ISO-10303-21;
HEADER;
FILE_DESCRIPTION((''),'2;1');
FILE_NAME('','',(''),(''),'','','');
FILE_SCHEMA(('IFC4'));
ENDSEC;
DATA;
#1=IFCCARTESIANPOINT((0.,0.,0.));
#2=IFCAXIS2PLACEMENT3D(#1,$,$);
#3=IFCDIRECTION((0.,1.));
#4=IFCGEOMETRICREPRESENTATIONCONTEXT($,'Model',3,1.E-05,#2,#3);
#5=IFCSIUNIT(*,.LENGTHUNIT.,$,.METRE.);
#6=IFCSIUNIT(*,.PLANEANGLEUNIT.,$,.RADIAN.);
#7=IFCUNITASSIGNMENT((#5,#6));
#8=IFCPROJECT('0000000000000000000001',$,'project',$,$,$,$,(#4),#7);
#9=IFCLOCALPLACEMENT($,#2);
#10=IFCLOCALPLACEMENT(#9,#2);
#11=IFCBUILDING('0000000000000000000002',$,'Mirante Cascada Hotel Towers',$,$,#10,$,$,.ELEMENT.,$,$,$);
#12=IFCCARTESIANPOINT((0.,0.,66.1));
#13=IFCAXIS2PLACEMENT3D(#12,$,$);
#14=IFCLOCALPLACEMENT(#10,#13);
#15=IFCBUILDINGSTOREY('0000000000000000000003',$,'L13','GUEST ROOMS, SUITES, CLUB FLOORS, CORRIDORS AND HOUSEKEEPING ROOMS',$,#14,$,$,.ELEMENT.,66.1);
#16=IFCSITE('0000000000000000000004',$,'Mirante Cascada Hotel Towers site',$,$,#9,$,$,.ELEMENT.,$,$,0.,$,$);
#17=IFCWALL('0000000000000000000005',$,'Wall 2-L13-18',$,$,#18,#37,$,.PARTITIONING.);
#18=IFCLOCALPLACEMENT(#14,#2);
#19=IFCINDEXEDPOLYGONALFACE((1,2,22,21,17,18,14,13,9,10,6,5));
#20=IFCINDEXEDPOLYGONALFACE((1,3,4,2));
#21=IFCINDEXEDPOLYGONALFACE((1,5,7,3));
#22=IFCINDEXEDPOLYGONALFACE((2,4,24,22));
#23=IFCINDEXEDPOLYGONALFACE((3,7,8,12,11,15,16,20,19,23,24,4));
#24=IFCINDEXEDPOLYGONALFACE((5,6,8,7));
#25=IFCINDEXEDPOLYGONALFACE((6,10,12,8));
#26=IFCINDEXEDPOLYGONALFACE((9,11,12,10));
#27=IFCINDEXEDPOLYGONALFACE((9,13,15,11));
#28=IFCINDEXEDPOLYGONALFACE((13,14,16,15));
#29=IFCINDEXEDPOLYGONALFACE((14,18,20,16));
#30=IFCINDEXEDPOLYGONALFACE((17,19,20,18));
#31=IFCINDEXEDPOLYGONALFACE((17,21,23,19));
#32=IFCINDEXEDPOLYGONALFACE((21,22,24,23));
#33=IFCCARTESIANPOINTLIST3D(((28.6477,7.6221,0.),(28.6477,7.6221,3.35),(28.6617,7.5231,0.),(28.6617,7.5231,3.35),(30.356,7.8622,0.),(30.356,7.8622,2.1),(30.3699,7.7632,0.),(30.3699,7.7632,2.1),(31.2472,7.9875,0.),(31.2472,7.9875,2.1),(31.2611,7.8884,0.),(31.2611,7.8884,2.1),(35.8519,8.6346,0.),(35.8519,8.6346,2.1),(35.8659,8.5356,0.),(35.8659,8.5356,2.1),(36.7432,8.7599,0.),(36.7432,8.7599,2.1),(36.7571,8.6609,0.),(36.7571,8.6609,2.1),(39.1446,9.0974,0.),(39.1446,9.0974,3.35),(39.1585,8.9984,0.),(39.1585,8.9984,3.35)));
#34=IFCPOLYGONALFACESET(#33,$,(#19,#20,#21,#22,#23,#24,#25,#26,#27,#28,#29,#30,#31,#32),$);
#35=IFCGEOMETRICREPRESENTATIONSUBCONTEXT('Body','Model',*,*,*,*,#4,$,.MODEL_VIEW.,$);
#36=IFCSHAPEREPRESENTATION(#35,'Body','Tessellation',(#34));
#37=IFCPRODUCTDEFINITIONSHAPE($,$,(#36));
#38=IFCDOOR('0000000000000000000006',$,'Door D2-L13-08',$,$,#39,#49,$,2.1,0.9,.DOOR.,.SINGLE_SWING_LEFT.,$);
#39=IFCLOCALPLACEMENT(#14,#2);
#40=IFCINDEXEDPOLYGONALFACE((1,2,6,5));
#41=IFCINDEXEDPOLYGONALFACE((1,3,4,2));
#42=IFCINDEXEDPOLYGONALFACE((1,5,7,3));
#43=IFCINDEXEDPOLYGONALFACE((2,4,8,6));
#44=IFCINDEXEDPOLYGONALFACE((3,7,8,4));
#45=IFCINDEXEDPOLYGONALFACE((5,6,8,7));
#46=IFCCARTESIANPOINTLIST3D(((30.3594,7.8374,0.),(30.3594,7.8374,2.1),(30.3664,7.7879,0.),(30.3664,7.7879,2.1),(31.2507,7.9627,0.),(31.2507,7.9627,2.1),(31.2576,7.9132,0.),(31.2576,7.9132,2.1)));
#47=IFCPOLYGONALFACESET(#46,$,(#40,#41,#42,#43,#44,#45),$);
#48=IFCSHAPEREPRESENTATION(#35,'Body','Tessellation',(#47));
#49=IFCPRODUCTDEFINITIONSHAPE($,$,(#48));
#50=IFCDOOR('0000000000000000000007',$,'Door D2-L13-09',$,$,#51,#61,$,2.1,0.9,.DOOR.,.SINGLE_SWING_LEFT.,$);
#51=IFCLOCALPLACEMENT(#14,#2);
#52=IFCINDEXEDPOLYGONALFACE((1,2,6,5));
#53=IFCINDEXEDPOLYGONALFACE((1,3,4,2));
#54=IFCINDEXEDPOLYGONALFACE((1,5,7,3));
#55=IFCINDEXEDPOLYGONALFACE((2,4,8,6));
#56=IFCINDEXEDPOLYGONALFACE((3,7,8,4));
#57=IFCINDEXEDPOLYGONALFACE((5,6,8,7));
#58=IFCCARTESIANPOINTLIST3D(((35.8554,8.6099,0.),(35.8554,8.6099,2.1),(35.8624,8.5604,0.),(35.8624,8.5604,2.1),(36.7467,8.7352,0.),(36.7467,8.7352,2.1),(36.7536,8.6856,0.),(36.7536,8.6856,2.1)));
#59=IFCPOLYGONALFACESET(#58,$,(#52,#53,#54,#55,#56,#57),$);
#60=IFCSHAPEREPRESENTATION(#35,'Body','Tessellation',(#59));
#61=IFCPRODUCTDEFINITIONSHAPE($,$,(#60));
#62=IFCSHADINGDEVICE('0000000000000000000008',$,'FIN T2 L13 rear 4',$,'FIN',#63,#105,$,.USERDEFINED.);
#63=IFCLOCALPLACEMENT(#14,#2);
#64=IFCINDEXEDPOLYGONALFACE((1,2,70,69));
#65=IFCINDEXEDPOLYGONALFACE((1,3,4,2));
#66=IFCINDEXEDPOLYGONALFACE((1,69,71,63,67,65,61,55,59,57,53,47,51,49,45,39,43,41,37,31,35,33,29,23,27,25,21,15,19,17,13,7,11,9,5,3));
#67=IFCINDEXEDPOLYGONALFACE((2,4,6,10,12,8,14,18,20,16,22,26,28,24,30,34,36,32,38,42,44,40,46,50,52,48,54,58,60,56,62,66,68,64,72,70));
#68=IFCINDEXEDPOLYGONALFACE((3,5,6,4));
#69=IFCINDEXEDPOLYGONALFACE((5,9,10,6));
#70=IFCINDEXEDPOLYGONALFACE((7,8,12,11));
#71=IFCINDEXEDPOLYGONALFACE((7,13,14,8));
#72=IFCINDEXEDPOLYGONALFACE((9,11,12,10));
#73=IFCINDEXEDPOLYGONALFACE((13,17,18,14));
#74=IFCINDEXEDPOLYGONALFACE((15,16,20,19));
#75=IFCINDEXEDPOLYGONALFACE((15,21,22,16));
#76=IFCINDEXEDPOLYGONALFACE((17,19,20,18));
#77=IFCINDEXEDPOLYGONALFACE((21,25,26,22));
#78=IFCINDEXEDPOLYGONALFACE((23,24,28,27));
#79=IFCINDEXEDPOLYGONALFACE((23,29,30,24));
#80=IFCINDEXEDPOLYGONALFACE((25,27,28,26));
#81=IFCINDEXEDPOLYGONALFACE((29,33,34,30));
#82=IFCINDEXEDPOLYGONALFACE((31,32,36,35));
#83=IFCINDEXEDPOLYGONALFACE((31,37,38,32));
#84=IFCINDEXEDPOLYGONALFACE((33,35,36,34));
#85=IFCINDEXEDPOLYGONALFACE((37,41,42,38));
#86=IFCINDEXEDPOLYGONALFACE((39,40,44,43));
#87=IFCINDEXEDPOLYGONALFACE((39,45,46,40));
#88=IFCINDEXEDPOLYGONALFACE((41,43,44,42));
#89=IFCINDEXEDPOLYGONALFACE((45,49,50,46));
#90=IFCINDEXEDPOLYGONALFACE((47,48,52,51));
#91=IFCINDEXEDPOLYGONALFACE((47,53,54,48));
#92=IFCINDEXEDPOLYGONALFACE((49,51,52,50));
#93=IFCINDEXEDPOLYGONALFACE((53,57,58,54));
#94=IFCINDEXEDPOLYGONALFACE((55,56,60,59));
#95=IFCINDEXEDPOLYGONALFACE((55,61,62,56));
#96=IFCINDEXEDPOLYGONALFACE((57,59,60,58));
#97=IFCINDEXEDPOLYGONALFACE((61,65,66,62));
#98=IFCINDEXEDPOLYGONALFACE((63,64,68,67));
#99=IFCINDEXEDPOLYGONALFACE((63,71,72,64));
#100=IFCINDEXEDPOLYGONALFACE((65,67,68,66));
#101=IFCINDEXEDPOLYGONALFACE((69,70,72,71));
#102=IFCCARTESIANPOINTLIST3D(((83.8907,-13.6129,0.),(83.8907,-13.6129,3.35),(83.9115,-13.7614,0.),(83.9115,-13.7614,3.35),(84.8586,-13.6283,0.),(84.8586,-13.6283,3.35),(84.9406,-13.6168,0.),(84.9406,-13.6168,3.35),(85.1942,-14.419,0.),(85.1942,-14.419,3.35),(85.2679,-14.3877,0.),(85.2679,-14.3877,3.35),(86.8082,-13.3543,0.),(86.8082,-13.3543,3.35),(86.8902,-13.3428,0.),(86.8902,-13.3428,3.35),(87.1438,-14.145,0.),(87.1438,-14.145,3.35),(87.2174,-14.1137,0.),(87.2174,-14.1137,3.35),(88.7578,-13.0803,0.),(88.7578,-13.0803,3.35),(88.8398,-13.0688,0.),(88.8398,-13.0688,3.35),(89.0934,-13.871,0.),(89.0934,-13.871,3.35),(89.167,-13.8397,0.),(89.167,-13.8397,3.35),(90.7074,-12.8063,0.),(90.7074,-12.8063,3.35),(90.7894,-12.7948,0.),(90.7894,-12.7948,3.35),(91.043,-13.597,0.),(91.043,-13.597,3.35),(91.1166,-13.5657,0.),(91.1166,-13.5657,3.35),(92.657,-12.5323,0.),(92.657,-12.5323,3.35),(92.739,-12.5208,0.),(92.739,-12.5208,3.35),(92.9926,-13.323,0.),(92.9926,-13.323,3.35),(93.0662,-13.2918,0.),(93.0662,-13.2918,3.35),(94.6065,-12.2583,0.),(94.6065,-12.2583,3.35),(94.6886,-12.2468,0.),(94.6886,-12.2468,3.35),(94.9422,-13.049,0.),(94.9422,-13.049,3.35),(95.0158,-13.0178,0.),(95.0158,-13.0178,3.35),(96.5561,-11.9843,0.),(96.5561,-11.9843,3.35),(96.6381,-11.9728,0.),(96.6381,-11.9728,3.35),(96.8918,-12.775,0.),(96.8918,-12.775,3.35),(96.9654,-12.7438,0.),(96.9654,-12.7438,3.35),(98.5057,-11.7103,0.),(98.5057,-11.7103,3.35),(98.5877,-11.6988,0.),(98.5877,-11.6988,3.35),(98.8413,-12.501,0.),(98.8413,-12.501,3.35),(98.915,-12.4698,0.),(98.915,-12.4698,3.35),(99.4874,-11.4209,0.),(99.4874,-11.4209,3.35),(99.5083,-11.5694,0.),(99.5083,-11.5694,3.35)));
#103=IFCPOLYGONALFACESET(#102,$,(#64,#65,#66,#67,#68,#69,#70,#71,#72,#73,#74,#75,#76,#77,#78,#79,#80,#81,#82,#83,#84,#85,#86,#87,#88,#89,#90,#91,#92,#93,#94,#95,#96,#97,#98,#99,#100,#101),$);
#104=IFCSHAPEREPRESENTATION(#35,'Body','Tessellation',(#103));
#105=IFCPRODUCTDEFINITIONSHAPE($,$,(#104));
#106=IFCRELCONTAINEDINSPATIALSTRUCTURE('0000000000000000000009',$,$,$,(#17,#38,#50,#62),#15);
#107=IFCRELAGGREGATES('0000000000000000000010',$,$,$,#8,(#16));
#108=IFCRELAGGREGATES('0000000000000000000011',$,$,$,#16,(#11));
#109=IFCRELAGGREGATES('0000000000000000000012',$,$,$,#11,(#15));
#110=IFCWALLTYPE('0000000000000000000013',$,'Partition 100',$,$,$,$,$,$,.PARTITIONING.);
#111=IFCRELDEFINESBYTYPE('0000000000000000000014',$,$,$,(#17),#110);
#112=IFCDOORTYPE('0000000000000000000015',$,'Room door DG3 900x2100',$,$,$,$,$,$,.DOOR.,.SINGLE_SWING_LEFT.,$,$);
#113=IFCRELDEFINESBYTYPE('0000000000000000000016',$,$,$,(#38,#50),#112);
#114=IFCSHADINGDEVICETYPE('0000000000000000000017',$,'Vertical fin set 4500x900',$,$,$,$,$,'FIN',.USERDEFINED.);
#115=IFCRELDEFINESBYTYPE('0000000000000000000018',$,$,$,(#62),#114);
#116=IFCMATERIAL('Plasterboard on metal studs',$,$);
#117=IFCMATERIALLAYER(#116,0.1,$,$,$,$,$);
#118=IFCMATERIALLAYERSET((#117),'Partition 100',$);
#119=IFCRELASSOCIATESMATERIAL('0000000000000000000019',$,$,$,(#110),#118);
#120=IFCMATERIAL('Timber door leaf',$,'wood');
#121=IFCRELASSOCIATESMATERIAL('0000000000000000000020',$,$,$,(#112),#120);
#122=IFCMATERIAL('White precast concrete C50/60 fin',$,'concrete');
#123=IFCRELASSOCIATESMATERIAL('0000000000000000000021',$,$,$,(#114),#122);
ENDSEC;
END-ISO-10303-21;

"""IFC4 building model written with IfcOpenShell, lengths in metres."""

from ifc_helpers import new_model, si_unit, direction, frame, frame_2d, origin, place, context, subcontext, project, spatial, polyline, rectangle, outline, extrude, material, layer, layer_set, type_object, element, fill, save


model = new_model("IFC4")

# Units and contexts
model_context = context("Model", 3, precision=1e-05, world=origin(), true_north=direction((0.0, 1.0)))
body_context = subcontext(model_context, "Body", "Model", "MODEL_VIEW")
ifc_project = project(units=[si_unit("LENGTHUNIT", "METRE"), si_unit("PLANEANGLEUNIT", "RADIAN")], contexts=[model_context])

# Site, building, storey
site_placement = place(None, origin())
site = spatial("IfcSite", under=ifc_project, at=site_placement, Name="Mirante Cascada Hotel Towers site", CompositionType="ELEMENT", RefElevation=0.0)
building_placement = place(site_placement, origin())
building = spatial("IfcBuilding", under=site, at=building_placement, Name="Mirante Cascada Hotel Towers", CompositionType="ELEMENT")
storey_placement = place(building_placement, frame((0.0, 0.0, 66.1)))
storey = spatial("IfcBuildingStorey", under=building, at=storey_placement, Name="L13", Description="GUEST ROOMS, SUITES, CLUB FLOORS, CORRIDORS AND HOUSEKEEPING ROOMS", CompositionType="ELEMENT", Elevation=66.1)

# Wall, openings, doors
ifc_material_1 = material(Name="Plasterboard on metal studs")
ifc_layer_1 = layer(ifc_material_1, 0.1)
ifc_layer_set_1 = layer_set([ifc_layer_1], Name="Partition 100")
wall_type = type_object("IfcWallType", Name="Partition 100", PredefinedType="PARTITIONING", material=ifc_layer_set_1)
wall_placement = place(storey_placement, frame((28.6547, 7.5726, 0.0), z_axis=(0.0, 0.0, 1.0), x_axis=(0.990267, 0.13918, 0.0)))
wall = element("IfcWall", 1, at=wall_placement, inside=storey, type_object=wall_type, Name="Wall 2-L13-18", PredefinedType="PARTITIONING", context=body_context, shape_type="SweptSolid", body=[
    extrude(rectangle(XDim=10.6, YDim=0.1, at=frame_2d((5.3, 0.0))), origin(), (0.0, 0.0, 1.0), 3.35),
])
opening_1_placement = place(wall_placement, frame((1.725, 0.0, 0.0)))
opening_1 = element("IfcOpeningElement", 2, at=opening_1_placement, cuts=wall, PredefinedType="OPENING", context=body_context, shape_type="SweptSolid", body=[
    extrude(rectangle(XDim=0.9, YDim=2.1, at=frame_2d((0.45, 1.05))), frame((0.0, 0.05, 0.0), z_axis=(0.0, -1.0, 0.0), x_axis=(1.0, 0.0, 0.0)), (0.0, 0.0, 1.0), 0.1),
])
opening_2_placement = place(wall_placement, frame((7.275, 0.0, 0.0)))
opening_2 = element("IfcOpeningElement", 3, at=opening_2_placement, cuts=wall, PredefinedType="OPENING", context=body_context, shape_type="SweptSolid", body=[
    extrude(rectangle(XDim=0.9, YDim=2.1, at=frame_2d((0.45, 1.05))), frame((0.0, 0.05, 0.0), z_axis=(0.0, -1.0, 0.0), x_axis=(1.0, 0.0, 0.0)), (0.0, 0.0, 1.0), 0.1),
])
ifc_material_2 = material(Name="Timber door leaf", Category="wood")
door_type = type_object("IfcDoorType", Name="Room door DG3 900x2100", OperationType="SINGLE_SWING_LEFT", PredefinedType="DOOR", material=ifc_material_2)
door_1_placement = place(opening_1_placement, origin())
door_1 = element("IfcDoor", 4, at=door_1_placement, inside=storey, type_object=door_type, Name="Door D2-L13-08", OperationType="SINGLE_SWING_LEFT", OverallHeight=2.1, OverallWidth=0.9, PredefinedType="DOOR", context=body_context, shape_type="SweptSolid", body=[
    extrude(rectangle(XDim=0.9, YDim=2.1, at=frame_2d((0.45, 1.05))), frame((0.0, 0.025, 0.0), z_axis=(0.0, -1.0, 0.0), x_axis=(1.0, 0.0, 0.0)), (0.0, 0.0, 1.0), 0.05),
])
fill(opening_1, door_1)
door_2_placement = place(opening_2_placement, origin())
door_2 = element("IfcDoor", 5, at=door_2_placement, inside=storey, type_object=door_type, Name="Door D2-L13-09", OperationType="SINGLE_SWING_LEFT", OverallHeight=2.1, OverallWidth=0.9, PredefinedType="DOOR", context=body_context, shape_type="SweptSolid", body=[
    extrude(rectangle(XDim=0.9, YDim=2.1, at=frame_2d((0.45, 1.05))), frame((0.0, 0.025, 0.0), z_axis=(0.0, -1.0, 0.0), x_axis=(1.0, 0.0, 0.0)), (0.0, 0.0, 1.0), 0.05),
])
fill(opening_2, door_2)

# Shading device
ifc_material_3 = material(Name="White precast concrete C50/60 fin", Category="concrete")
shading_device_type = type_object("IfcShadingDeviceType", Name="Vertical fin set 4500x900", ElementType="FIN", PredefinedType="USERDEFINED", material=ifc_material_3)
shading_device_placement = place(storey_placement, origin())
element("IfcShadingDevice", 6, at=shading_device_placement, inside=storey, type_object=shading_device_type, Name="FIN T2 L13 rear 4", ObjectType="FIN", PredefinedType="USERDEFINED", context=body_context, shape_type="SweptSolid", body=[
    extrude(outline(polyline([(85.1942, -14.419), (84.8586, -13.6283), (83.9115, -13.7614), (83.8907, -13.6129), (99.4874, -11.4209), (99.5083, -11.5694), (98.5877, -11.6988), (98.915, -12.4698), (98.8413, -12.501), (98.5057, -11.7103), (96.6381, -11.9728), (96.9654, -12.7438), (96.8918, -12.775), (96.5561, -11.9843), (94.6886, -12.2468), (95.0158, -13.0178), (94.9422, -13.049), (94.6065, -12.2583), (92.739, -12.5208), (93.0662, -13.2918), (92.9926, -13.323), (92.657, -12.5323), (90.7894, -12.7948), (91.1166, -13.5657), (91.043, -13.597), (90.7074, -12.8063), (88.8398, -13.0688), (89.167, -13.8397), (89.0934, -13.871), (88.7578, -13.0803), (86.8902, -13.3428), (87.2174, -14.1137), (87.1438, -14.145), (86.8082, -13.3543), (84.9406, -13.6168), (85.2679, -14.3877), (85.1942, -14.419)])), origin(), (0.0, 0.0, 1.0), 3.35),
])

save(model, "model.ifc")
